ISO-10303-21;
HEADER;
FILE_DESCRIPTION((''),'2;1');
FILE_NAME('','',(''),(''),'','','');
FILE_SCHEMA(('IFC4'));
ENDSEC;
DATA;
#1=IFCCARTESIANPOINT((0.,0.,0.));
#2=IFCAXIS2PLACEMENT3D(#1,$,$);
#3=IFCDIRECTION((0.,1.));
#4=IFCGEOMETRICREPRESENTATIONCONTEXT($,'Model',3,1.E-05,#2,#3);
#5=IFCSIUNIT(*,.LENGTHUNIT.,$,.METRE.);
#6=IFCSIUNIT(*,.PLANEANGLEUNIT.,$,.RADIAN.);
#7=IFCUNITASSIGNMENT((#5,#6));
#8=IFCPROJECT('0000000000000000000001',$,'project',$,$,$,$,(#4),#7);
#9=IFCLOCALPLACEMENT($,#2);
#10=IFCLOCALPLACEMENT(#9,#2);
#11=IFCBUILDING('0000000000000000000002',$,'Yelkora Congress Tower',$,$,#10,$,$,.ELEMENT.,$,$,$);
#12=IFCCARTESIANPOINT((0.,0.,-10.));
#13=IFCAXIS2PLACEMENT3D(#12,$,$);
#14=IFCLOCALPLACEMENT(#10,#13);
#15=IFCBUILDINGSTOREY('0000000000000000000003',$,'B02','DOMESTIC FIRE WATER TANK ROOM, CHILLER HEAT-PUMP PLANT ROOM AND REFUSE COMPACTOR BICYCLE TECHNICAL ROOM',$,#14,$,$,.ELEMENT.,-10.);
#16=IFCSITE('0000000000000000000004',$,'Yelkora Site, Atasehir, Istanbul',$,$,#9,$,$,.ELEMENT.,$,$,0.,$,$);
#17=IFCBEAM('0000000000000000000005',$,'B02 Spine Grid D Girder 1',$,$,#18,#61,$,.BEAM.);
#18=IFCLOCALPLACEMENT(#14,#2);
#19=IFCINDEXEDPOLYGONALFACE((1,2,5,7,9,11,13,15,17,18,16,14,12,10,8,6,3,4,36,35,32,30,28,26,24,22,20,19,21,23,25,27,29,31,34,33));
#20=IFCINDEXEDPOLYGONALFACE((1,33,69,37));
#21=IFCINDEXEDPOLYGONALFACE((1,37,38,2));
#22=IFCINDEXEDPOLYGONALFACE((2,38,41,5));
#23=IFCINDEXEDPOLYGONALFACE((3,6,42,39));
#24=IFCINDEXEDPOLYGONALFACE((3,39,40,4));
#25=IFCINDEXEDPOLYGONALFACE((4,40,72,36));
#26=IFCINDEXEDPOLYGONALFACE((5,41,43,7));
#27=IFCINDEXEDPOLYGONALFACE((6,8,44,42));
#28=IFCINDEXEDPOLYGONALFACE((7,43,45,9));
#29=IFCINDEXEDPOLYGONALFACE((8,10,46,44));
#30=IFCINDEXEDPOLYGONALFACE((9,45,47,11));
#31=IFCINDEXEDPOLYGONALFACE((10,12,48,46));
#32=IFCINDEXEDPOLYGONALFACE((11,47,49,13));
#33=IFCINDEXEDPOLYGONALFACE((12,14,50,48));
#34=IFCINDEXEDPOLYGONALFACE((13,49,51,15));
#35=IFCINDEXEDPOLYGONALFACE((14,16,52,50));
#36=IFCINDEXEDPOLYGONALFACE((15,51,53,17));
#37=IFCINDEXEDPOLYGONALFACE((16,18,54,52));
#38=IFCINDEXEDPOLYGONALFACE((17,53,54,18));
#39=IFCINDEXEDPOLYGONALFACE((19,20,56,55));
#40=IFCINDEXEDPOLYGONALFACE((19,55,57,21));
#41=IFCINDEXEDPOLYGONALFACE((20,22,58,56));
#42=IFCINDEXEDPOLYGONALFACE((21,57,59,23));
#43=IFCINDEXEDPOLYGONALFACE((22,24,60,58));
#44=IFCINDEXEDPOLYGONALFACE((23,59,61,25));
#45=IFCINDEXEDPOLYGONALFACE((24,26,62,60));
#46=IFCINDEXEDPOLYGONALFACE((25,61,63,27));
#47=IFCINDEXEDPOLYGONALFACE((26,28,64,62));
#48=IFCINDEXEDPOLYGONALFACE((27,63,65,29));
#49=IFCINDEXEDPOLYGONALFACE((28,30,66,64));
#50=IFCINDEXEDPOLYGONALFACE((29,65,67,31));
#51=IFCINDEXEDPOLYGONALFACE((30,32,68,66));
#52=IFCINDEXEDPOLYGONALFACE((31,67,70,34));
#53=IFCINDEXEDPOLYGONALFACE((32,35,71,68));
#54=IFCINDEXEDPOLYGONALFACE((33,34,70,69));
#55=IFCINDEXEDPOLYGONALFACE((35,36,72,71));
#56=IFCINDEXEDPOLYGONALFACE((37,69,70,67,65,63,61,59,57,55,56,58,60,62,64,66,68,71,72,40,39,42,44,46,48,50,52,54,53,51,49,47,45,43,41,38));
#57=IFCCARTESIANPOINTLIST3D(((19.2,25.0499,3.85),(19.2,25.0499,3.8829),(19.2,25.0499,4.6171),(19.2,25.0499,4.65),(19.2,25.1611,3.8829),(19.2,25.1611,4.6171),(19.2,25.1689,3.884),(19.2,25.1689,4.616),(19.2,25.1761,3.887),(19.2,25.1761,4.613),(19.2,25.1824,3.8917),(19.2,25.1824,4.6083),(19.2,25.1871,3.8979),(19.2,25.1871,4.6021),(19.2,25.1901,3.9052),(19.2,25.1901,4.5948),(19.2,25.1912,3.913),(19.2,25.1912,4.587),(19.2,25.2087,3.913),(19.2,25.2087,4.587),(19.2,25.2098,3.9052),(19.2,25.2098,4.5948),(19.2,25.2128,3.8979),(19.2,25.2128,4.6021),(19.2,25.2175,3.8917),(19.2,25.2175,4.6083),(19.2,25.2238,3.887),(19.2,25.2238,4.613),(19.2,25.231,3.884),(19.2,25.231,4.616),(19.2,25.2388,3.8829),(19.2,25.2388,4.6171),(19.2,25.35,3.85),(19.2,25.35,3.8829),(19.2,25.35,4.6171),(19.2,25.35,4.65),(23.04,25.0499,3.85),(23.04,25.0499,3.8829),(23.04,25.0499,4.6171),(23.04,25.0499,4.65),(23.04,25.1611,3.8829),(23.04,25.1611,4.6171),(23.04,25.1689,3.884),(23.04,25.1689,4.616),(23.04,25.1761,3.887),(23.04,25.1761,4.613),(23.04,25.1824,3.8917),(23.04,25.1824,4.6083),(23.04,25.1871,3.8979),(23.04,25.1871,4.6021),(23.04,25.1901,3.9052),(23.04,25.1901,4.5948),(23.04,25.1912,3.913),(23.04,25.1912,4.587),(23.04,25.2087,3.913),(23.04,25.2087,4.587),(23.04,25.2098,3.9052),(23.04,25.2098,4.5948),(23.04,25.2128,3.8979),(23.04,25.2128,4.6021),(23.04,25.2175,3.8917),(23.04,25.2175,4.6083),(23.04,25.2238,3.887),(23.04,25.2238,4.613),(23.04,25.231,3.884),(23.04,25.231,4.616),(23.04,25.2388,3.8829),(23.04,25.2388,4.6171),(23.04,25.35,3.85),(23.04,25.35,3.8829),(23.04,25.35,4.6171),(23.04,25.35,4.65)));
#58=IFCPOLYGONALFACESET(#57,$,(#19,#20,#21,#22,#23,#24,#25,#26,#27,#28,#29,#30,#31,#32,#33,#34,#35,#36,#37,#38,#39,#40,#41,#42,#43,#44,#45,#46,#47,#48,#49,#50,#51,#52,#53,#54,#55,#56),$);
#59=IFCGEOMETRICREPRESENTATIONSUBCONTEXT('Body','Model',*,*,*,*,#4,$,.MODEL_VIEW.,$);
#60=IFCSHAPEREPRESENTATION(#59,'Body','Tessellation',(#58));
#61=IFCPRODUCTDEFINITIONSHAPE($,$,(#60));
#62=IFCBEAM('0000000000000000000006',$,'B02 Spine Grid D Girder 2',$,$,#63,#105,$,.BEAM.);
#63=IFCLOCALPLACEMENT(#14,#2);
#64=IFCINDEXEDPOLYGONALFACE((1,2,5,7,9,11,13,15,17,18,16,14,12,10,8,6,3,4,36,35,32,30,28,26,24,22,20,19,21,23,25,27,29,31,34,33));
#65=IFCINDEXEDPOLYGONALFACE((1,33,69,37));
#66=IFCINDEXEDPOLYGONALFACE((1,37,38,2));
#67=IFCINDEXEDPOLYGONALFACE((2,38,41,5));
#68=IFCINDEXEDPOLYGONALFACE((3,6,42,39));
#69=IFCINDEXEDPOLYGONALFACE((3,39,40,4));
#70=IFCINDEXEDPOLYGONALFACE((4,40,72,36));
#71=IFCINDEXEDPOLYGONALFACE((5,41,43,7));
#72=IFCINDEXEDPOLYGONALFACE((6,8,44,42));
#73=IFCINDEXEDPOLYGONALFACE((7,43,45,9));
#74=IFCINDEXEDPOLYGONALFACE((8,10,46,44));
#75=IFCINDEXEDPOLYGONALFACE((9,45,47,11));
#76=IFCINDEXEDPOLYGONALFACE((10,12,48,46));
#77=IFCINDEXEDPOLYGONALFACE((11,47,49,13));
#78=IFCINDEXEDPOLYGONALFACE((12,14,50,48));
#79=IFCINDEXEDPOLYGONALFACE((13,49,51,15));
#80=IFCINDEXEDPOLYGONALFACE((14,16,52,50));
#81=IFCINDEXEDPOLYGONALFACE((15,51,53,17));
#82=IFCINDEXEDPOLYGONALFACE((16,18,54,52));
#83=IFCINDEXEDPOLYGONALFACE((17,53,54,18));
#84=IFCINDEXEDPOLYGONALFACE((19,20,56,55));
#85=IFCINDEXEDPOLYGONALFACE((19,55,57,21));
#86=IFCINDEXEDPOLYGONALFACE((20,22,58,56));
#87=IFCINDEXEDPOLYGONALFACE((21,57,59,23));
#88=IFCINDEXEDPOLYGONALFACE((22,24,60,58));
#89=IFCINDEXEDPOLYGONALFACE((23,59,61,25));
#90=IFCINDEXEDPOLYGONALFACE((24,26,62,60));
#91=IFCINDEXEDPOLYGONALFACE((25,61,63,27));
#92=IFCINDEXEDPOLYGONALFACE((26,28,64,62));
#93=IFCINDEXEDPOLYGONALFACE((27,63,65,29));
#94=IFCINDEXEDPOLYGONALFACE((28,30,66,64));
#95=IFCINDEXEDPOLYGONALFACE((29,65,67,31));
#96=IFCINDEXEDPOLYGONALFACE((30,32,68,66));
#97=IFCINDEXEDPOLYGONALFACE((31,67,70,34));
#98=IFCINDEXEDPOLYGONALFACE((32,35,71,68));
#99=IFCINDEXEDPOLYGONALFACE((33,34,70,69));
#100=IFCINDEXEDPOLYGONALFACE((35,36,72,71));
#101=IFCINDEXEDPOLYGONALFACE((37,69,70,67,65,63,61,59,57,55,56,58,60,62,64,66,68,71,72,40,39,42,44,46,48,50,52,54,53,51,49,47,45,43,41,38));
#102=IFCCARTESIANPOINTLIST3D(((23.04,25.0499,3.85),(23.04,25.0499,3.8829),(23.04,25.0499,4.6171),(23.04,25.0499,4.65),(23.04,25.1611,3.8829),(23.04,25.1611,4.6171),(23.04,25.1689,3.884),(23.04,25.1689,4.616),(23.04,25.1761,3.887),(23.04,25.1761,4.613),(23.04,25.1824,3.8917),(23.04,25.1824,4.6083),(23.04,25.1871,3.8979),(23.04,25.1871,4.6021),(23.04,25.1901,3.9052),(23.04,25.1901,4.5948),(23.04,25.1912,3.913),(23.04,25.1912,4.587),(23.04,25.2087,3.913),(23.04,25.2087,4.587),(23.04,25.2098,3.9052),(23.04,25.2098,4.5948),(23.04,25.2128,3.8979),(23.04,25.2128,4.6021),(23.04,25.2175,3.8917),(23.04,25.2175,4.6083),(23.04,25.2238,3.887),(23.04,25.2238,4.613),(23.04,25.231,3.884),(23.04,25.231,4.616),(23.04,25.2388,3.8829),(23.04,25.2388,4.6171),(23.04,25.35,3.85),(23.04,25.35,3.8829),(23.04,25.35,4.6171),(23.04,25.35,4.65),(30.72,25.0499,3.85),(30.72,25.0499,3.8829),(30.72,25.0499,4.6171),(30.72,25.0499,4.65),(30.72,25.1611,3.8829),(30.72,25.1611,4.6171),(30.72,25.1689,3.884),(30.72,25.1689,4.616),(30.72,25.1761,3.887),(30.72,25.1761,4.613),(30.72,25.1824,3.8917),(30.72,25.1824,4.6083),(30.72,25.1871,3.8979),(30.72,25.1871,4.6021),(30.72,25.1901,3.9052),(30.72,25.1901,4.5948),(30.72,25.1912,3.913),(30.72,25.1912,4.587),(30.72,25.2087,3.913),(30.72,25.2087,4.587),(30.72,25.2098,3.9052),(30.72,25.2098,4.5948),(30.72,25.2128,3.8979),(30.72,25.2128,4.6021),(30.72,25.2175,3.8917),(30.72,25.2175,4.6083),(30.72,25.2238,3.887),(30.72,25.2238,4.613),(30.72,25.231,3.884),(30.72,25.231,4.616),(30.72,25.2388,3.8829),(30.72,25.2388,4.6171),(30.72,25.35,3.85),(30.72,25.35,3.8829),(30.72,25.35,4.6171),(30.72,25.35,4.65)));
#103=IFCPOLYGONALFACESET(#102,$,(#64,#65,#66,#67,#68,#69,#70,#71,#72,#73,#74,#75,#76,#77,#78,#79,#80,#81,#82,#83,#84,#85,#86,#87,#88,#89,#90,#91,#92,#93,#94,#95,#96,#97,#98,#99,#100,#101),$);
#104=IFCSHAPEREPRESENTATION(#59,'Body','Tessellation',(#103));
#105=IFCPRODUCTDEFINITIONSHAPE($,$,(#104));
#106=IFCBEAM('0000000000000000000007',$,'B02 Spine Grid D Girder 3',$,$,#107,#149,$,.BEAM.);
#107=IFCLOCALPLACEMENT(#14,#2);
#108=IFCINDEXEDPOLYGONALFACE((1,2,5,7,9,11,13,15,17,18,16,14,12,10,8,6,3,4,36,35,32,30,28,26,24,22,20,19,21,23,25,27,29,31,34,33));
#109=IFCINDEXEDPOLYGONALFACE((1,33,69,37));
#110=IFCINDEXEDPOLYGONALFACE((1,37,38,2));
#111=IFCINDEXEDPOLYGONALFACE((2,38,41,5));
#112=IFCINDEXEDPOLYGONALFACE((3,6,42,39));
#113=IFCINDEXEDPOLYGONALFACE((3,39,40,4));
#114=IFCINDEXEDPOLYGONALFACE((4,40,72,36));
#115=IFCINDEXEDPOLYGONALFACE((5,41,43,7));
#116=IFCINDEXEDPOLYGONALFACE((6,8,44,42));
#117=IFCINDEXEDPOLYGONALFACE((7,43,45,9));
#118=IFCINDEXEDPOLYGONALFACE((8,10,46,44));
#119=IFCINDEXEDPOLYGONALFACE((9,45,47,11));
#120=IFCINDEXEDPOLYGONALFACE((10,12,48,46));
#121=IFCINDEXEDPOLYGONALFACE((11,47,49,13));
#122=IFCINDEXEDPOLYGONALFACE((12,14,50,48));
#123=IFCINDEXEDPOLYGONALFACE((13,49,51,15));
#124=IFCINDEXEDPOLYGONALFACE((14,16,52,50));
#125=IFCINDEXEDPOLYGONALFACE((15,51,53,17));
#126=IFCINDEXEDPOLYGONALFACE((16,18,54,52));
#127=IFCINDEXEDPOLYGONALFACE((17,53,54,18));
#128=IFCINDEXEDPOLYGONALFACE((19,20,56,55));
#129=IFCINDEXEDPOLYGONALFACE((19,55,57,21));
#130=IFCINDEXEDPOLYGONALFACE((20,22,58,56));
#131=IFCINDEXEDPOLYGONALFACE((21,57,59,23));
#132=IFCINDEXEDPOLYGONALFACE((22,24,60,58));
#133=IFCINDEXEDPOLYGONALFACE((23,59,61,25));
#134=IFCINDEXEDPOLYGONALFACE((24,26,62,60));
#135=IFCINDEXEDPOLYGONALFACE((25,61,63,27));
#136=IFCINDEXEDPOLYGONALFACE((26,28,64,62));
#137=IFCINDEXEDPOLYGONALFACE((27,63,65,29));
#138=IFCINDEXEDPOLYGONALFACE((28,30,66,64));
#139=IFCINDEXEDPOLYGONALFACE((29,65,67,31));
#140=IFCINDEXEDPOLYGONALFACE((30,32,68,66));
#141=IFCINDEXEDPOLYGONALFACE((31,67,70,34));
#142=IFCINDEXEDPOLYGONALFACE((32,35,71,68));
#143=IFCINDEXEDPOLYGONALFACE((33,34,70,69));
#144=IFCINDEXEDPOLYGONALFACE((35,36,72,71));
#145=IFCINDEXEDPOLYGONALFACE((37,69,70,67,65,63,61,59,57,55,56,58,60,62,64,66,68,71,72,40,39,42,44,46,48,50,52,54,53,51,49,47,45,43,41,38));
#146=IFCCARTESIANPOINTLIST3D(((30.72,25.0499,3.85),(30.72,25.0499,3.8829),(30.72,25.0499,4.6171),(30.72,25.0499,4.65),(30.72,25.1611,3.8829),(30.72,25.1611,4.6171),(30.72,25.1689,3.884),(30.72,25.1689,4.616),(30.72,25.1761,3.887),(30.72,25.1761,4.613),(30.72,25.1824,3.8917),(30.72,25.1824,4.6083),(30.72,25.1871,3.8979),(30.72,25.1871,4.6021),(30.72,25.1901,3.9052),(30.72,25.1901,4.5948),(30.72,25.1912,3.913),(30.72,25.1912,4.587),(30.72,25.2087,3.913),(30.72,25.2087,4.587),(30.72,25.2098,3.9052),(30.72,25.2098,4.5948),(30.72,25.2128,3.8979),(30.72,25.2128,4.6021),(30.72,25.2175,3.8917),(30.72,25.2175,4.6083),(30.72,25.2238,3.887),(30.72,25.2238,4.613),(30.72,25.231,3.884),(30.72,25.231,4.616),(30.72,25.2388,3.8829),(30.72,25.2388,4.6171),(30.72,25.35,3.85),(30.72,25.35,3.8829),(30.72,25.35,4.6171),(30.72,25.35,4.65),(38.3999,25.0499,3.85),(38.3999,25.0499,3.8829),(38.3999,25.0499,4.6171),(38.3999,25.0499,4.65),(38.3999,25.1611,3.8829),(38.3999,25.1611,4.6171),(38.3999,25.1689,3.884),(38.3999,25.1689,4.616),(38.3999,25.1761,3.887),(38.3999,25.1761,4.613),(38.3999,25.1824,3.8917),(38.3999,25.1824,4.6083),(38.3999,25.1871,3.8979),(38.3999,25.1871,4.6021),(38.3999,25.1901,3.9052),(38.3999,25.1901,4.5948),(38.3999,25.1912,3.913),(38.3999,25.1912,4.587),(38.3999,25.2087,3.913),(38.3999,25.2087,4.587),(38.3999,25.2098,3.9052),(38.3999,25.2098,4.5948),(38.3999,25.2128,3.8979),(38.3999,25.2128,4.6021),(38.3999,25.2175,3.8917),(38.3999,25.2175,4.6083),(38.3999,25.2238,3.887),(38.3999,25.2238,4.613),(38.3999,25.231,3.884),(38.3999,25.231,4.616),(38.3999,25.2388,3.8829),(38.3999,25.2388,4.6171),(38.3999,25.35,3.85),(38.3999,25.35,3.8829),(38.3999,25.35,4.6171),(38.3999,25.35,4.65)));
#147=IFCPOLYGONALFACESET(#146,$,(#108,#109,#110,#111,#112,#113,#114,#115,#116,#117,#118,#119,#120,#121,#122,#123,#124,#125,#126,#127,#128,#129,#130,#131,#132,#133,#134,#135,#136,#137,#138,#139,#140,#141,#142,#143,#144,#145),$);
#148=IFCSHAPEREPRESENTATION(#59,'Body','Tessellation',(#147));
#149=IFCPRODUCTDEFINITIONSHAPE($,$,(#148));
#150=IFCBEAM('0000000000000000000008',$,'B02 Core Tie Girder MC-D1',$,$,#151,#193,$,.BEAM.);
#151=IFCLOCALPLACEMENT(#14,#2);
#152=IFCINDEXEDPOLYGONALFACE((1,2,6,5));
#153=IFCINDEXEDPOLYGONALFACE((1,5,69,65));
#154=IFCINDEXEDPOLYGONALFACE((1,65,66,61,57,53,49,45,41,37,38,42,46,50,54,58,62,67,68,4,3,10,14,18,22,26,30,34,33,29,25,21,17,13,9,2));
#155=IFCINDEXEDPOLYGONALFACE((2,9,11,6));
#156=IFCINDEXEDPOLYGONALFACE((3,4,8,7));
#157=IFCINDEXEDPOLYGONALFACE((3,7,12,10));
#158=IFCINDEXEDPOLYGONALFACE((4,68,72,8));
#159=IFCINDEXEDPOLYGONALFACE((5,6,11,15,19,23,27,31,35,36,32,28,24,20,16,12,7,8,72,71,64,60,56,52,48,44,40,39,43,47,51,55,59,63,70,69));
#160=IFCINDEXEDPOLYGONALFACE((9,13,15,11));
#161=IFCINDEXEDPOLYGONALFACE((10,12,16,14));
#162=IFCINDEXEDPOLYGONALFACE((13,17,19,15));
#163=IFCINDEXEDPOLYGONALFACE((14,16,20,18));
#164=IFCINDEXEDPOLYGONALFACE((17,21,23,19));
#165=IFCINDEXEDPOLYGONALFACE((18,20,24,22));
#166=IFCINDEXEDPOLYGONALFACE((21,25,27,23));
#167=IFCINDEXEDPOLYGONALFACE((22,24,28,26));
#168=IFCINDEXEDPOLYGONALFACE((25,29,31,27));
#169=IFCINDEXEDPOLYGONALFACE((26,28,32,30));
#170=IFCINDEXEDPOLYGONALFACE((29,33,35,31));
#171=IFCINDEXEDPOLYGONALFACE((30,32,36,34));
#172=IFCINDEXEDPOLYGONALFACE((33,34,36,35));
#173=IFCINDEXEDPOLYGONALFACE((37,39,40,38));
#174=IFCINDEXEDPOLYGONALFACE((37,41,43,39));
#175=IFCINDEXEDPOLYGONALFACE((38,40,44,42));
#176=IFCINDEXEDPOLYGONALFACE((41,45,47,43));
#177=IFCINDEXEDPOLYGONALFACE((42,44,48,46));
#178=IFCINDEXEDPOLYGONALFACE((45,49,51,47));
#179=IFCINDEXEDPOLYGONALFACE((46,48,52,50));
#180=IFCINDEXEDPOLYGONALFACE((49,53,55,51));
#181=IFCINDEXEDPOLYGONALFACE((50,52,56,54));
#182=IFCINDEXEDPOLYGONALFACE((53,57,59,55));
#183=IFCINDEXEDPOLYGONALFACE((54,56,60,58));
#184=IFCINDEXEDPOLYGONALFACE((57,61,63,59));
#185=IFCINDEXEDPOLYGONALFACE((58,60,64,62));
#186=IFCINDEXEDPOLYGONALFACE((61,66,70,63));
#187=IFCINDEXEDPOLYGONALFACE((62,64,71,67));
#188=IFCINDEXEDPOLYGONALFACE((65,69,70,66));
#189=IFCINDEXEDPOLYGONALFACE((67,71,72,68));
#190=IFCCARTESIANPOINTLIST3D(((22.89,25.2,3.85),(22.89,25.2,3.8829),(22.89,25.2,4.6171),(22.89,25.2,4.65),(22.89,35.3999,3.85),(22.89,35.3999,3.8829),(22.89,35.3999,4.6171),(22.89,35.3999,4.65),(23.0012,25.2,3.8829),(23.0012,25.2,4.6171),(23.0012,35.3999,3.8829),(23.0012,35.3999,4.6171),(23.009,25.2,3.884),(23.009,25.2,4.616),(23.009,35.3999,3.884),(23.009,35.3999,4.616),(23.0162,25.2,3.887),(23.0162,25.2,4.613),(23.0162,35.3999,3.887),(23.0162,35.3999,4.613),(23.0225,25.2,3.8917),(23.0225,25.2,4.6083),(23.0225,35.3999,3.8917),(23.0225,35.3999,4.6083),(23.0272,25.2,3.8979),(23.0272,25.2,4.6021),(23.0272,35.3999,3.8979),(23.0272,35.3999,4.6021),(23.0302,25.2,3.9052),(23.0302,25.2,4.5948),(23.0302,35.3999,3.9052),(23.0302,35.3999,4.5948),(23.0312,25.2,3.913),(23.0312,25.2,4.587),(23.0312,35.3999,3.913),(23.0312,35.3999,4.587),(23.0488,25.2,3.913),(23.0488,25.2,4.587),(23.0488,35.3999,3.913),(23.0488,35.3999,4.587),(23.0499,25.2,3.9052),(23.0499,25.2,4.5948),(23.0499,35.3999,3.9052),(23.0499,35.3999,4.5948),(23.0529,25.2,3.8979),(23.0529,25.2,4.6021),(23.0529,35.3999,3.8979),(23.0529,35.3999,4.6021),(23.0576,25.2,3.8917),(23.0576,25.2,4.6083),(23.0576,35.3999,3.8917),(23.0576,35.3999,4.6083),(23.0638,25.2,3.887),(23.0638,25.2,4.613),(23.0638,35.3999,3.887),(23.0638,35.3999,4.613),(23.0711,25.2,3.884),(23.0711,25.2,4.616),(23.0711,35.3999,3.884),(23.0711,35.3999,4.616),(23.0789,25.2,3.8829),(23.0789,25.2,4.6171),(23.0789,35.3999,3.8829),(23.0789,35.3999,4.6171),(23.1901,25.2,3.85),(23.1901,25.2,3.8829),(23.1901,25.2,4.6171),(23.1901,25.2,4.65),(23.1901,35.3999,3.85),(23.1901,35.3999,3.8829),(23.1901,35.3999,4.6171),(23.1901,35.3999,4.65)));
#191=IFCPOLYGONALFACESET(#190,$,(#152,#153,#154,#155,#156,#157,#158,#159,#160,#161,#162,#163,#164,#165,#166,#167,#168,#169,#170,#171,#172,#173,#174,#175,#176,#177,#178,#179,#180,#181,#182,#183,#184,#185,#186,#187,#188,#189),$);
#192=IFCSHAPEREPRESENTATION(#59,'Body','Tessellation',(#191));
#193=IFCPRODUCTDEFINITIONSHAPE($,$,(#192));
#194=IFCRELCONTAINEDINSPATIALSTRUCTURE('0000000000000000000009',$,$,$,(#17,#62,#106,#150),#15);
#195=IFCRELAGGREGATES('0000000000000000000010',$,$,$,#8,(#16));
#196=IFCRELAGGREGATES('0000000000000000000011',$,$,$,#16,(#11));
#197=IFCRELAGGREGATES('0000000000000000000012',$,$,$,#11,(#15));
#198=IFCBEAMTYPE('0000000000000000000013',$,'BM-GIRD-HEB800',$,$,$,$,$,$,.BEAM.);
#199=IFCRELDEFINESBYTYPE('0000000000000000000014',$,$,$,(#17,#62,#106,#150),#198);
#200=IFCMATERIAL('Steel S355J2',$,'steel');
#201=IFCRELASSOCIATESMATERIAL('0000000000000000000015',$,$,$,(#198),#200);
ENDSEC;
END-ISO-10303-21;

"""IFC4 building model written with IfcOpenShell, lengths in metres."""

from ifc_helpers import new_model, si_unit, direction, frame, origin, origin_2d, place, context, subcontext, project, spatial, i_section, extrude, material, material_profile, profile_set, type_object, element, save


model = new_model("IFC4")

# Units and contexts
model_context = context("Model", 3, precision=1e-05, world=origin(), true_north=direction((0.0, 1.0)))
body_context = subcontext(model_context, "Body", "Model", "MODEL_VIEW")
ifc_project = project(units=[si_unit("LENGTHUNIT", "METRE"), si_unit("PLANEANGLEUNIT", "RADIAN")], contexts=[model_context])

# Site, building, storey
site_placement = place(None, origin())
site = spatial("IfcSite", under=ifc_project, at=site_placement, Name="Yelkora Site, Atasehir, Istanbul", CompositionType="ELEMENT", RefElevation=0.0)
building_placement = place(site_placement, origin())
building = spatial("IfcBuilding", under=site, at=building_placement, Name="Yelkora Congress Tower", CompositionType="ELEMENT")
storey_placement = place(building_placement, frame((0.0, 0.0, -10.0)))
storey = spatial("IfcBuildingStorey", under=building, at=storey_placement, Name="B02", Description="DOMESTIC FIRE WATER TANK ROOM, CHILLER HEAT-PUMP PLANT ROOM AND REFUSE COMPACTOR BICYCLE TECHNICAL ROOM", CompositionType="ELEMENT", Elevation=-10.0)

# Beams
ifc_material_1 = material(Name="Steel S355J2", Category="steel")
ifc_material_profile_1 = material_profile(ifc_material_1, i_section(OverallWidth=0.3, OverallDepth=0.8, WebThickness=0.0176, FlangeThickness=0.033, FilletRadius=0.03, at=origin_2d()), Name="HEB 800")
ifc_profile_set_1 = profile_set([ifc_material_profile_1], Name="Steel S355J2")
beam_type_1 = type_object("IfcBeamType", Name="BM-GIRD-HEB800", PredefinedType="BEAM", material=ifc_profile_set_1)
beam_1_placement = place(storey_placement, frame((19.2, 25.2, 4.25), z_axis=(1.0, 0.0, 0.0), x_axis=(0.0, 1.0, 0.0)))
element("IfcBeam", 1, at=beam_1_placement, inside=storey, type_object=beam_type_1, Name="B02 Spine Grid D Girder 1", PredefinedType="BEAM", context=body_context, shape_type="SweptSolid", body=[
    extrude(i_section(OverallWidth=0.3, OverallDepth=0.8, WebThickness=0.0176, FlangeThickness=0.033, FilletRadius=0.03, at=origin_2d()), origin(), (0.0, 0.0, 1.0), 3.8401),
])
for number, where, z_axis, x_axis, name in (
    (2, (23.04, 25.2, 4.25), (1.0, 0.0, 0.0), (0.0, 1.0, 0.0), "B02 Spine Grid D Girder 2"),
    (3, (30.72, 25.2, 4.25), (1.0, 0.0, 0.0), (0.0, 1.0, 0.0), "B02 Spine Grid D Girder 3"),
):
    element("IfcBeam", number, at=place(storey_placement, frame(where, z_axis=z_axis, x_axis=x_axis)), inside=storey, type_object=beam_type_1, Name=name, PredefinedType="BEAM", context=body_context, shape_type="SweptSolid", body=[
        extrude(i_section(OverallWidth=0.3, OverallDepth=0.8, WebThickness=0.0176, FlangeThickness=0.033, FilletRadius=0.03, at=origin_2d()), origin(), (0.0, 0.0, 1.0), 7.6799),
    ])
for number, where, z_axis, x_axis, name in (
    (4, (23.04, 25.2, 4.25), (0.0, 1.0, 0.0), (-1.0, 0.0, 0.0), "B02 Core Tie Girder MC-D1"),
):
    element("IfcBeam", number, at=place(storey_placement, frame(where, z_axis=z_axis, x_axis=x_axis)), inside=storey, type_object=beam_type_1, Name=name, PredefinedType="BEAM", context=body_context, shape_type="SweptSolid", body=[
        extrude(i_section(OverallWidth=0.3, OverallDepth=0.8, WebThickness=0.0176, FlangeThickness=0.033, FilletRadius=0.03, at=origin_2d()), origin(), (0.0, 0.0, 1.0), 10.2),
    ])

save(model, "model.ifc")
